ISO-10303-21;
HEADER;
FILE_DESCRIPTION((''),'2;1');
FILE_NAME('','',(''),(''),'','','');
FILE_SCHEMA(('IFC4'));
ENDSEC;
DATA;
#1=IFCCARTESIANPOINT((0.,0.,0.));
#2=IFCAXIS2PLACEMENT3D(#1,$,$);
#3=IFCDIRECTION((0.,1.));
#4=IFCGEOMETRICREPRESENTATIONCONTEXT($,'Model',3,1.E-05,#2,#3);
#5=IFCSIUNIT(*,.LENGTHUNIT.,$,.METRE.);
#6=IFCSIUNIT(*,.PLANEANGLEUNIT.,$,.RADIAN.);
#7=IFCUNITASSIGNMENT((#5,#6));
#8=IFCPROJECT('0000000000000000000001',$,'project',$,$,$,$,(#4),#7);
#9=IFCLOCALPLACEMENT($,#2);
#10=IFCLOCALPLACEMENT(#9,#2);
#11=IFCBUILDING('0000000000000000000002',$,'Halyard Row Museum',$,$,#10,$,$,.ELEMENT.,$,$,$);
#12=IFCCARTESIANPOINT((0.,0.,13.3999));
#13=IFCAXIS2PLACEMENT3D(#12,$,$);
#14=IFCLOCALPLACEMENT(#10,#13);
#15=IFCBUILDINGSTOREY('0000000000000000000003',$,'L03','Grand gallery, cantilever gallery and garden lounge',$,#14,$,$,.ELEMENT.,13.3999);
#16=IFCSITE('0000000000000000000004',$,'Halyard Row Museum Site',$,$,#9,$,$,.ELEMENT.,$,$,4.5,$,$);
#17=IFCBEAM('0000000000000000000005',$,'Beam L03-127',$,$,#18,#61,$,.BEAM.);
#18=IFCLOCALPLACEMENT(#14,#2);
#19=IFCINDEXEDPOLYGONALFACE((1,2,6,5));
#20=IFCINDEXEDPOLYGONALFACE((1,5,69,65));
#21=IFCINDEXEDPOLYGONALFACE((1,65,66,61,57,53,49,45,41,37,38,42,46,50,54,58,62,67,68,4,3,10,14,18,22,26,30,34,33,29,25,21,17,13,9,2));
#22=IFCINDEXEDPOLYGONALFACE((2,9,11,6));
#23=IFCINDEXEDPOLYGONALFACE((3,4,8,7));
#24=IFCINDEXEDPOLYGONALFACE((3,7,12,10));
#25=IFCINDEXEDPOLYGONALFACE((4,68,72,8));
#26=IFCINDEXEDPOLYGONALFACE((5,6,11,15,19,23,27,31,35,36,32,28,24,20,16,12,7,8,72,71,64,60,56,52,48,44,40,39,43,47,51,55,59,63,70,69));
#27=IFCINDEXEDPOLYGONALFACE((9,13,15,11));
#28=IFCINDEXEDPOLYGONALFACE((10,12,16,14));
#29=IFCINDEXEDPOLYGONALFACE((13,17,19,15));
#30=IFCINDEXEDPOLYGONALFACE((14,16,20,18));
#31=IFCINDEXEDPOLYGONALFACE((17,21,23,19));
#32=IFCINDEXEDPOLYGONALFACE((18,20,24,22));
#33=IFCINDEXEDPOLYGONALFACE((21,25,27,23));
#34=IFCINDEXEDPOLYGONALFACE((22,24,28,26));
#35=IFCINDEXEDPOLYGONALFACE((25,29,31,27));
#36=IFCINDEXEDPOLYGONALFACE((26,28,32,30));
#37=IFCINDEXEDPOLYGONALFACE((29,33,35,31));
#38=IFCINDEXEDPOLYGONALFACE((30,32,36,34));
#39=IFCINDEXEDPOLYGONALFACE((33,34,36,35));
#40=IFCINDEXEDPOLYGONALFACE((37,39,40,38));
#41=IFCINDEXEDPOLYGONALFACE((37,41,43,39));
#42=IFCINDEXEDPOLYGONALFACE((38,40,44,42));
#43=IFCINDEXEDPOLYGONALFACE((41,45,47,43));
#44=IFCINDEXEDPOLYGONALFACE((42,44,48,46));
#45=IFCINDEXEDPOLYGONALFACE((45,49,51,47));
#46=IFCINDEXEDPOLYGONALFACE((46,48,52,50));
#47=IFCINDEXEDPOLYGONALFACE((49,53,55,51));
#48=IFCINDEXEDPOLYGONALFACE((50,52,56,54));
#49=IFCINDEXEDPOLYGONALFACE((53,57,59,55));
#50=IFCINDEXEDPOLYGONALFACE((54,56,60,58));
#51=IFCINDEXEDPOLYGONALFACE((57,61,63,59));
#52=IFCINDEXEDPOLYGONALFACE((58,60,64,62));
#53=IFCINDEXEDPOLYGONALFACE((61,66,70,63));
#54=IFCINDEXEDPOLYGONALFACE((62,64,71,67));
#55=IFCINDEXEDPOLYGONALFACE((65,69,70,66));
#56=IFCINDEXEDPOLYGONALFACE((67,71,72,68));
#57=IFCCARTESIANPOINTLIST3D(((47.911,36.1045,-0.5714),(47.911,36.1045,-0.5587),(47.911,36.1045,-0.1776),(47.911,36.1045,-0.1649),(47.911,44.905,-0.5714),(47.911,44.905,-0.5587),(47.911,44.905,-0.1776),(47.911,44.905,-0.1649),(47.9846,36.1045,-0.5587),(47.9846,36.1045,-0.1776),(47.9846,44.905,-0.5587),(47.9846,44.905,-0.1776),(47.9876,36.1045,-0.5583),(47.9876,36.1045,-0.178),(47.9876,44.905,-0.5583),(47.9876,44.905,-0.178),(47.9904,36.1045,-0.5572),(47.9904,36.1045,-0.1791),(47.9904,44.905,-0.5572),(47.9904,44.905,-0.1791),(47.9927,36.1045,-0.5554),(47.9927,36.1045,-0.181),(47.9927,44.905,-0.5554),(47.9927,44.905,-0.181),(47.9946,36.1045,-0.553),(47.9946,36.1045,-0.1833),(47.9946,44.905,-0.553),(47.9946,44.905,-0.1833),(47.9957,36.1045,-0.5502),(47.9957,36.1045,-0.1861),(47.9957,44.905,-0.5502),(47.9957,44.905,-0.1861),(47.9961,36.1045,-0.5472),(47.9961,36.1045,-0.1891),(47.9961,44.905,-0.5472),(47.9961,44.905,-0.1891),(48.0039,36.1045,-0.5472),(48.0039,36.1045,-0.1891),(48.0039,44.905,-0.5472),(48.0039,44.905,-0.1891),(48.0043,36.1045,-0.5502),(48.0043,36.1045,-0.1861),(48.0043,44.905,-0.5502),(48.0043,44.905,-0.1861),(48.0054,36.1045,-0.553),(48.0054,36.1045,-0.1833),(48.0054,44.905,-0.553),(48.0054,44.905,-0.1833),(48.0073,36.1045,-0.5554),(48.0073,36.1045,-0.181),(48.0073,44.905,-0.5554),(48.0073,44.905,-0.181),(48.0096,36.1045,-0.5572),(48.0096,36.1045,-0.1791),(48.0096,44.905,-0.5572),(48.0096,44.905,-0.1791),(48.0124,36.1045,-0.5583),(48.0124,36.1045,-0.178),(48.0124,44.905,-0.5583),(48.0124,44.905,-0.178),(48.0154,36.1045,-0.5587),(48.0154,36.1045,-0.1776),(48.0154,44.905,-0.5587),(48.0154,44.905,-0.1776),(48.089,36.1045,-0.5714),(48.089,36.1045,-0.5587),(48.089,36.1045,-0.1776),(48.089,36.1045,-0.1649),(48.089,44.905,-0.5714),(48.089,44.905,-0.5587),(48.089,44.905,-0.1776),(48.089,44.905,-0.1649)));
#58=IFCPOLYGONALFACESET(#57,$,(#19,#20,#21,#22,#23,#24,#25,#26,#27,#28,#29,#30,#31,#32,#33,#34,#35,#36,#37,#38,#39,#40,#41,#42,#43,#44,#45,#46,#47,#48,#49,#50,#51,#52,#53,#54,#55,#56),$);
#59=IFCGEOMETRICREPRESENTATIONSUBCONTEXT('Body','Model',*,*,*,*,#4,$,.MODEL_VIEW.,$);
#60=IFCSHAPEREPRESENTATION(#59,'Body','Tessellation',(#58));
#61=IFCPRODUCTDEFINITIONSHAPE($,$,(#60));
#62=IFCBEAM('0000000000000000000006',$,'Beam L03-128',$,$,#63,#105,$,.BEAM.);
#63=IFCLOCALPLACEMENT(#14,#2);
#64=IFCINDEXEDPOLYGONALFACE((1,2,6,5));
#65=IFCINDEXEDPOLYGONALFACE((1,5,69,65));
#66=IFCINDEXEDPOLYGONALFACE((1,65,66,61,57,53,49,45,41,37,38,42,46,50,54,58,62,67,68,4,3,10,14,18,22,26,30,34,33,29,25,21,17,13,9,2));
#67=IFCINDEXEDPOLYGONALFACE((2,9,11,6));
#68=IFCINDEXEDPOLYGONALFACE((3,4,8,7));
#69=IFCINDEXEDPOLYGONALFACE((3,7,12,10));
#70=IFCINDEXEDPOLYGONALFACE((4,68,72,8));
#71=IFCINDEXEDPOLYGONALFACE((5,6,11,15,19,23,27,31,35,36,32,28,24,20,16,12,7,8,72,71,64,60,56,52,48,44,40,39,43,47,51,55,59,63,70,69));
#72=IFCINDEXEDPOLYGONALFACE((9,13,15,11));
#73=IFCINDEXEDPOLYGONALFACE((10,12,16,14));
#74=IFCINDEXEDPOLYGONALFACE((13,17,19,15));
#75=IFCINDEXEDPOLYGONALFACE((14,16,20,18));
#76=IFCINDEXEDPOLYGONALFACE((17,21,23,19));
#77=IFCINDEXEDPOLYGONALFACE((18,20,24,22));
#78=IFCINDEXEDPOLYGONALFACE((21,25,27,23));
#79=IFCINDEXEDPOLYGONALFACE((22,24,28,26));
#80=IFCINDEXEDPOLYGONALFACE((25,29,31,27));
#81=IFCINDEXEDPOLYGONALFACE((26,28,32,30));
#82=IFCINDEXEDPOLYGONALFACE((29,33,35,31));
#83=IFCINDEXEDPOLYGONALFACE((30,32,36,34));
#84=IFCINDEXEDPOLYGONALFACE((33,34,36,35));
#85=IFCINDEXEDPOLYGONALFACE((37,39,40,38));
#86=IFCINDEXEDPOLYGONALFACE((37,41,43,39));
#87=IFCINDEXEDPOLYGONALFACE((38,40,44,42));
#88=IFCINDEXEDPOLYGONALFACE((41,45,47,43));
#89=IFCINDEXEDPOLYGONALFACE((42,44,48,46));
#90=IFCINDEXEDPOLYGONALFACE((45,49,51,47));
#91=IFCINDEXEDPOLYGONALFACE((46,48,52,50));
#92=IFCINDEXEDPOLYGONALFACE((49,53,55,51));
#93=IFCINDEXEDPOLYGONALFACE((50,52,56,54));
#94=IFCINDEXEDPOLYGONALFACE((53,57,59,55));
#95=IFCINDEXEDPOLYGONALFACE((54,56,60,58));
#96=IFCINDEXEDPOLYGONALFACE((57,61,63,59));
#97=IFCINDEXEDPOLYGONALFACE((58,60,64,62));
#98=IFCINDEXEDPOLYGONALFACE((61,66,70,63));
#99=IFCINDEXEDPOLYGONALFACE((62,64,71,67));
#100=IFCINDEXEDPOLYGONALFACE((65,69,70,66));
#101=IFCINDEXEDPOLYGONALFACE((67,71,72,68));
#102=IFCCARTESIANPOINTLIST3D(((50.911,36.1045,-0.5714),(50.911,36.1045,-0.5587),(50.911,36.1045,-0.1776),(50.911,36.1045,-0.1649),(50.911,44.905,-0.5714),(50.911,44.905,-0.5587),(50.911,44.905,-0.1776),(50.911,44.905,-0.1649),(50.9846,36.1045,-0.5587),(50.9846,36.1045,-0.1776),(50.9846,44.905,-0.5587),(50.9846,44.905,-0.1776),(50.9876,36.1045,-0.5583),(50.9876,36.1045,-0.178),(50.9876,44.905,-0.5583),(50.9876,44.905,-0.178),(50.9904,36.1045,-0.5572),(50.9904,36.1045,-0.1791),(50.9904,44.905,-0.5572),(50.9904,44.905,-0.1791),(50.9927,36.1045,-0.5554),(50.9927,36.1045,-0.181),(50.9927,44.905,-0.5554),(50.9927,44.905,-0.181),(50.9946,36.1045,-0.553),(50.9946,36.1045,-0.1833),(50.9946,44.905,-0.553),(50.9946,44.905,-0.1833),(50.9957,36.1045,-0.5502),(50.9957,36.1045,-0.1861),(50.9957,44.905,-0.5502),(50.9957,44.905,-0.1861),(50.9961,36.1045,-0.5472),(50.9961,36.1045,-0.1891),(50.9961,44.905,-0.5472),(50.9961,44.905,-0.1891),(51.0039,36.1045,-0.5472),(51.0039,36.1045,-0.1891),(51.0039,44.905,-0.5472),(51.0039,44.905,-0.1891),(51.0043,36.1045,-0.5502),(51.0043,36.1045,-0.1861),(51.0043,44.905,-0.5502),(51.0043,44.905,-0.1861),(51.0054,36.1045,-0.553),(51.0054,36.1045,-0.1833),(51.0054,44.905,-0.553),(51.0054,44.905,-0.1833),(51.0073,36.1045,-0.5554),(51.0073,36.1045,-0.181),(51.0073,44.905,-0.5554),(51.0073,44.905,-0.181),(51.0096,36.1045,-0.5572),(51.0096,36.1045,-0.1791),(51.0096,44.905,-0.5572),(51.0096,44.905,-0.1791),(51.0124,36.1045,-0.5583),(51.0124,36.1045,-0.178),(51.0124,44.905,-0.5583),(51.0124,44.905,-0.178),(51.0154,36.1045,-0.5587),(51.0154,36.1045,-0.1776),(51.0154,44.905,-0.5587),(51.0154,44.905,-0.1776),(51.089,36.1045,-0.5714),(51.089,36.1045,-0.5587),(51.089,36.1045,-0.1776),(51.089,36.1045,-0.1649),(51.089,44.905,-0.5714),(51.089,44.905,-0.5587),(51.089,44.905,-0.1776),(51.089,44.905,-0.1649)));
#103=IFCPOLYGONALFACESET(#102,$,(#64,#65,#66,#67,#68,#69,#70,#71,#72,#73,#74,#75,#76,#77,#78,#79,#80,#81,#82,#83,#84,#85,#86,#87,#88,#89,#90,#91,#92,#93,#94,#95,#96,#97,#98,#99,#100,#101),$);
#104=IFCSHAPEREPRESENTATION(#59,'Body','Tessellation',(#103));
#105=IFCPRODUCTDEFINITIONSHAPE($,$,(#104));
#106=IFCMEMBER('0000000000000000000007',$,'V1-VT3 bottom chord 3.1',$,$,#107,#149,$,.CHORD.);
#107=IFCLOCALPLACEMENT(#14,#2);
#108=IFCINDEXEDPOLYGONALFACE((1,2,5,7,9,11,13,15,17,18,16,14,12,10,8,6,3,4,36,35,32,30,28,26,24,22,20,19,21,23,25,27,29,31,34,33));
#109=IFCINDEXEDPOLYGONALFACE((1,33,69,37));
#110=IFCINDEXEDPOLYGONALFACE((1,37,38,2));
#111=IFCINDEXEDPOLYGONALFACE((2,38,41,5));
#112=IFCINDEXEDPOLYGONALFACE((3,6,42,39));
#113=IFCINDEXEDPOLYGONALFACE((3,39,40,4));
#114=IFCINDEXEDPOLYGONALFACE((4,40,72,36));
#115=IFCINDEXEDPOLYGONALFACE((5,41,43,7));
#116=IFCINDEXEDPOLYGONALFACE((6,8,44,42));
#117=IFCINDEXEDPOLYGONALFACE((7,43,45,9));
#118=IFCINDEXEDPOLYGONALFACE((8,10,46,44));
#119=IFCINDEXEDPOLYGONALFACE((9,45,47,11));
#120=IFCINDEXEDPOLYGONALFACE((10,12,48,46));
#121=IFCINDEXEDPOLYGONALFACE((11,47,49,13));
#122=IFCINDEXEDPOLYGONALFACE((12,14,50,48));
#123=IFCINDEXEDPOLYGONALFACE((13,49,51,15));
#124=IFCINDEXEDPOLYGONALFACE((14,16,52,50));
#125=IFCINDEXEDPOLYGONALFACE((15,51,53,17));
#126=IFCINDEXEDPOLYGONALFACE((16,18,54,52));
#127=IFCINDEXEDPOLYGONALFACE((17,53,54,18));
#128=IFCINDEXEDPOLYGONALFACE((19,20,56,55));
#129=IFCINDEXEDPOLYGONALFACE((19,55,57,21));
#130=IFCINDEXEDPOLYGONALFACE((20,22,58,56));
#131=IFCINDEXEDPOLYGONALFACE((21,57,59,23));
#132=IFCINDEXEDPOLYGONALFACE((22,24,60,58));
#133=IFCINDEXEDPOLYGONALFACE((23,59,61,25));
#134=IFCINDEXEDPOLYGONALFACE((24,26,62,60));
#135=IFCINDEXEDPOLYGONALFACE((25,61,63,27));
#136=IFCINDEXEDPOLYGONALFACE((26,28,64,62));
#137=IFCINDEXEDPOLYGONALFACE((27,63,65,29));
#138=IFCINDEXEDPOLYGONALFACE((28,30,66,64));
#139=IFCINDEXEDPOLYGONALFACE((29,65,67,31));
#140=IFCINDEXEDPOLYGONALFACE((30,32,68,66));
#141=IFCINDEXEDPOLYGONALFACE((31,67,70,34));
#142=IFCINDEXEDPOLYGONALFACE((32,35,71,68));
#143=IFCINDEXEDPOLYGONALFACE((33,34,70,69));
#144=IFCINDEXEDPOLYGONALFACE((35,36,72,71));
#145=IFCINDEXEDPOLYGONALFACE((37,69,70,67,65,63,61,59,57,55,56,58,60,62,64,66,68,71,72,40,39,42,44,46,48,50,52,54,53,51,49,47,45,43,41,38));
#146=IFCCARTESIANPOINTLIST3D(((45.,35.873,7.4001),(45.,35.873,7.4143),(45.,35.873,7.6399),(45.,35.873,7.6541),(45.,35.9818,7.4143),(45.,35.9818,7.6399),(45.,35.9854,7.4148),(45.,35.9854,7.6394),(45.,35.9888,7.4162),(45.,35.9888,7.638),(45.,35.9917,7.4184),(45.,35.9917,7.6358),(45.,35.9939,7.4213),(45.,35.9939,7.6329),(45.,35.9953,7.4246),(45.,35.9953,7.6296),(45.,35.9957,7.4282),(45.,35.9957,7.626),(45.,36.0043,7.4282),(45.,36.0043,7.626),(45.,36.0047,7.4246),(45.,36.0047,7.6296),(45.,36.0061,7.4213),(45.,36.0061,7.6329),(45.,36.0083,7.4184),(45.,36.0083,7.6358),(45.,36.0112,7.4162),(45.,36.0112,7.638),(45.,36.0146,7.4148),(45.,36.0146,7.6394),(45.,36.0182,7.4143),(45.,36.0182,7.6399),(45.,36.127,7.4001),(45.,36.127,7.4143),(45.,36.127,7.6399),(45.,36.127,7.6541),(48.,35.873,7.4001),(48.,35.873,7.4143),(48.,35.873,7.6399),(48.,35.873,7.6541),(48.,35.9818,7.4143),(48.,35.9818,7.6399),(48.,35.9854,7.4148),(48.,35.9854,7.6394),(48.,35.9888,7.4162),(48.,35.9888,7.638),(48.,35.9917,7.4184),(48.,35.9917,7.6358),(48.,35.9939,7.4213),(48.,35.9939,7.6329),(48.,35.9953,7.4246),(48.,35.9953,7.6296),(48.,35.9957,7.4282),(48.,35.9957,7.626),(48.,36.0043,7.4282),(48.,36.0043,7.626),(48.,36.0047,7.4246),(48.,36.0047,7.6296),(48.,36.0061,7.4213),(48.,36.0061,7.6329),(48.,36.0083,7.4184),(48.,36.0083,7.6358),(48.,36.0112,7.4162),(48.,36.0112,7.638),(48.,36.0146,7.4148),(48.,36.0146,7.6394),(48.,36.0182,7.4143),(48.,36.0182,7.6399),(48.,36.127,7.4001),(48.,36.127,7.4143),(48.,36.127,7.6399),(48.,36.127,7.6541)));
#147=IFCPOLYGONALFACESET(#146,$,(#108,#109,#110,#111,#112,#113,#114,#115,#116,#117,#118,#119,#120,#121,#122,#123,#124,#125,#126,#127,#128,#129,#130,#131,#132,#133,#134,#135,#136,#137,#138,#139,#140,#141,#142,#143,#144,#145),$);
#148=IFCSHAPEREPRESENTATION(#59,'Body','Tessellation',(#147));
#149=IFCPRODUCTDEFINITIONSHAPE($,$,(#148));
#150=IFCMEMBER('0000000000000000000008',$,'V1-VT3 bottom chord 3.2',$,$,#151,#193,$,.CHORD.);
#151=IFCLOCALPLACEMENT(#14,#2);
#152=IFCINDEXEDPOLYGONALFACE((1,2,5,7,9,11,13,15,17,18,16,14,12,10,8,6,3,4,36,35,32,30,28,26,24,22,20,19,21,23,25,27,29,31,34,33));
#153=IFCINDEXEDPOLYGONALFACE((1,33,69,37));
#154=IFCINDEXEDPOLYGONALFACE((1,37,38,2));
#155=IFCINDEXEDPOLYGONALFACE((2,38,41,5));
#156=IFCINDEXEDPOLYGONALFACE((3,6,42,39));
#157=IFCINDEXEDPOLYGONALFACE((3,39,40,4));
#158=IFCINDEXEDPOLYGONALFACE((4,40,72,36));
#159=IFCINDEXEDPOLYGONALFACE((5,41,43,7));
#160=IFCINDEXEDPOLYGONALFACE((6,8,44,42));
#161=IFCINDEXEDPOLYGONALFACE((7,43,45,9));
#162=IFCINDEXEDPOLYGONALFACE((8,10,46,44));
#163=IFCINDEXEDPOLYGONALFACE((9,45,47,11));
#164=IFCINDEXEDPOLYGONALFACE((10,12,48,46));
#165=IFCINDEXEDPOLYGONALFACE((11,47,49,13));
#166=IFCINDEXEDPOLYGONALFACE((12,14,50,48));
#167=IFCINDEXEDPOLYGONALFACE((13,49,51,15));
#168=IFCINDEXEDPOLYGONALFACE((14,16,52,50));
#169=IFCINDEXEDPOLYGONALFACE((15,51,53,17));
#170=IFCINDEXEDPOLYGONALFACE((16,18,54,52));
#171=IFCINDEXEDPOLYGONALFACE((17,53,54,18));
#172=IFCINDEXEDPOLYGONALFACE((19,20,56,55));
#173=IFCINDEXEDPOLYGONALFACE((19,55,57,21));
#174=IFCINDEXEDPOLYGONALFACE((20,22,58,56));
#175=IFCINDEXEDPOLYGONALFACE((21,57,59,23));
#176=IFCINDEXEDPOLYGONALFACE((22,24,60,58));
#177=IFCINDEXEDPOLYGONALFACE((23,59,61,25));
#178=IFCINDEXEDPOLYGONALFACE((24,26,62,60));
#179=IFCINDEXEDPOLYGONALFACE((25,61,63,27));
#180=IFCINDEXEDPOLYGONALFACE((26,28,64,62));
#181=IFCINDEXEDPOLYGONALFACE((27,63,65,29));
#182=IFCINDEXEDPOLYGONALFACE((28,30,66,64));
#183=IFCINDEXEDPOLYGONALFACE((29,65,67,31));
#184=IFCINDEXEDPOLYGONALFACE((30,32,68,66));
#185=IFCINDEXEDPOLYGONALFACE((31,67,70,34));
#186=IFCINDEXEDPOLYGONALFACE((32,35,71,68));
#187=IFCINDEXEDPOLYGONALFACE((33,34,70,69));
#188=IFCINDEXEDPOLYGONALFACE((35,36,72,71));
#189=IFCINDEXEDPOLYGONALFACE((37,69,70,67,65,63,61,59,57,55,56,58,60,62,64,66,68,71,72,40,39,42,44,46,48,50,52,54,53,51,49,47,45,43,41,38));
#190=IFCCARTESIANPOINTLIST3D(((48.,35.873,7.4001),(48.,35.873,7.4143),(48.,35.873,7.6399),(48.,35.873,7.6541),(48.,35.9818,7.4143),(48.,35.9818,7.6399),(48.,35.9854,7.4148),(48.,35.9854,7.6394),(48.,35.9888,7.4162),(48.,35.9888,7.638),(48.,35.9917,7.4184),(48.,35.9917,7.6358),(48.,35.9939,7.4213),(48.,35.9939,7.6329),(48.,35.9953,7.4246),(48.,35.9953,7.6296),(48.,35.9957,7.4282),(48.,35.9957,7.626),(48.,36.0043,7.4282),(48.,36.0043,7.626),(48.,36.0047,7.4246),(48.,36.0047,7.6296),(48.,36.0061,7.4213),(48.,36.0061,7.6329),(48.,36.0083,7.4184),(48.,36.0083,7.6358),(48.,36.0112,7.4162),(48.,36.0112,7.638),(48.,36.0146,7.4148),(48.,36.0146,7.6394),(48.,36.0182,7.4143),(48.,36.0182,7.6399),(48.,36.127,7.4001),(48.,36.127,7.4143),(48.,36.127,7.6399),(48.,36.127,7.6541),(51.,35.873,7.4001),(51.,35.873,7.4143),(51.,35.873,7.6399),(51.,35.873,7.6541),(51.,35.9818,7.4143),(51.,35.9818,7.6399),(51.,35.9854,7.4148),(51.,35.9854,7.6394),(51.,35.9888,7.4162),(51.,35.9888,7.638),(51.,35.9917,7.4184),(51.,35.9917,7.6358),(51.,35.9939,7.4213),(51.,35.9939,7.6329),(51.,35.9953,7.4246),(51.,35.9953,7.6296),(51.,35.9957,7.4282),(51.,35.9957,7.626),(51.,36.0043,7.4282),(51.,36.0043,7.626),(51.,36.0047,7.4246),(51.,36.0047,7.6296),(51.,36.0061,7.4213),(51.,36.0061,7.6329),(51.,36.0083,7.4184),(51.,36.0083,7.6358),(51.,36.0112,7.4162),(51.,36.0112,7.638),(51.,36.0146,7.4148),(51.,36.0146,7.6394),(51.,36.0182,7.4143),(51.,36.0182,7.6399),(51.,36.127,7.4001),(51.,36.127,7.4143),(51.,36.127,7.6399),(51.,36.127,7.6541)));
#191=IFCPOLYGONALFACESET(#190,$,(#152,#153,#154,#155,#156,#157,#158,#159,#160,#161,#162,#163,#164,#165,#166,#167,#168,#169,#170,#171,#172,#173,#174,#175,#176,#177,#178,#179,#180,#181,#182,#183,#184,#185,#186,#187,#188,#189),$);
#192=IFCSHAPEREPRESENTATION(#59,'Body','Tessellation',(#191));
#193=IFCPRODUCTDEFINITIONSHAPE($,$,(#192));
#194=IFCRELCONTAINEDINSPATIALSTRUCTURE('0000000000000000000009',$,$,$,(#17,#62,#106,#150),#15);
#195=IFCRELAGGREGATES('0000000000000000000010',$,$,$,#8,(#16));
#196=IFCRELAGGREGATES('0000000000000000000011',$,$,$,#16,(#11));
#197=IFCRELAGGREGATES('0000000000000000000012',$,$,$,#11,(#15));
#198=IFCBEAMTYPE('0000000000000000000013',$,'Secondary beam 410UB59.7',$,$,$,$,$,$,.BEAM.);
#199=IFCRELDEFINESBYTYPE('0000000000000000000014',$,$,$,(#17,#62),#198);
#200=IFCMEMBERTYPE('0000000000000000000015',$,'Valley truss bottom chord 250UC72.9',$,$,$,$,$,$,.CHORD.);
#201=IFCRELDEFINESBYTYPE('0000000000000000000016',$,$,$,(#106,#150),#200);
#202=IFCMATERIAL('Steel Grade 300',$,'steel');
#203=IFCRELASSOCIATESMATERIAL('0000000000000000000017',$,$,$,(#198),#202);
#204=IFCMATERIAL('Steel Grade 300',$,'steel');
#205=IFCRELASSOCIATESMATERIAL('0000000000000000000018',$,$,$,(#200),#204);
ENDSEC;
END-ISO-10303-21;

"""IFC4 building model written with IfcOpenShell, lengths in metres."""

from ifc_helpers import new_model, si_unit, direction, frame, origin, origin_2d, place, context, subcontext, project, spatial, i_section, extrude, material, material_profile, profile_set, type_object, element, save


model = new_model("IFC4")

# Units and contexts
model_context = context("Model", 3, precision=1e-05, world=origin(), true_north=direction((0.0, 1.0)))
body_context = subcontext(model_context, "Body", "Model", "MODEL_VIEW")
ifc_project = project(units=[si_unit("LENGTHUNIT", "METRE"), si_unit("PLANEANGLEUNIT", "RADIAN")], contexts=[model_context])

# Site, building, storey
site_placement = place(None, origin())
site = spatial("IfcSite", under=ifc_project, at=site_placement, Name="Halyard Row Museum Site", CompositionType="ELEMENT", RefElevation=4.5)
building_placement = place(site_placement, origin())
building = spatial("IfcBuilding", under=site, at=building_placement, Name="Halyard Row Museum", CompositionType="ELEMENT")
storey_placement = place(building_placement, frame((0.0, 0.0, 13.3999)))
storey = spatial("IfcBuildingStorey", under=building, at=storey_placement, Name="L03", Description="Grand gallery, cantilever gallery and garden lounge", CompositionType="ELEMENT", Elevation=13.3999)

# Beams
ifc_material_1 = material(Name="Steel Grade 300", Category="steel")
ifc_material_profile_1 = material_profile(ifc_material_1, i_section(OverallWidth=0.178, OverallDepth=0.4065, WebThickness=0.0078, FlangeThickness=0.0127, FilletRadius=0.0115, at=origin_2d()), Name="410UB59.7")
ifc_profile_set_1 = profile_set([ifc_material_profile_1], Name="Steel Grade 300")
beam_type_1 = type_object("IfcBeamType", Name="Secondary beam 410UB59.7", PredefinedType="BEAM", material=ifc_profile_set_1)
for number, where, z_axis, x_axis, name in (
    (1, (48.0, 36.1045, -0.3682), (0.0, 1.0, 0.0), (-1.0, 0.0, 0.0), "Beam L03-127"),
    (2, (51.0, 36.1045, -0.3682), (0.0, 1.0, 0.0), (-1.0, 0.0, 0.0), "Beam L03-128"),
):
    element("IfcBeam", number, at=place(storey_placement, frame(where, z_axis=z_axis, x_axis=x_axis)), inside=storey, type_object=beam_type_1, Name=name, PredefinedType="BEAM", context=body_context, shape_type="SweptSolid", body=[
        extrude(i_section(OverallWidth=0.178, OverallDepth=0.4065, WebThickness=0.0078, FlangeThickness=0.0127, FilletRadius=0.0115, at=origin_2d()), origin(), (0.0, 0.0, 1.0), 8.8005),
    ])

# Members
ifc_material_2 = material(Name="Steel Grade 300", Category="steel")
ifc_material_profile_2 = material_profile(ifc_material_2, i_section(OverallWidth=0.2539, OverallDepth=0.2539, WebThickness=0.0085, FlangeThickness=0.0142, FilletRadius=0.0139, at=origin_2d()), Name="250UC72.9")
ifc_profile_set_2 = profile_set([ifc_material_profile_2], Name="Steel Grade 300")
member_type_1 = type_object("IfcMemberType", Name="Valley truss bottom chord 250UC72.9", PredefinedType="CHORD", material=ifc_profile_set_2)
for number, where, z_axis, x_axis, name in (
    (3, (45.0, 36.0, 7.5271), (1.0, 0.0, 0.0), (0.0, 1.0, 0.0), "V1-VT3 bottom chord 3.1"),
    (4, (48.0, 36.0, 7.5271), (1.0, 0.0, 0.0), (0.0, 1.0, 0.0), "V1-VT3 bottom chord 3.2"),
):
    element("IfcMember", number, at=place(storey_placement, frame(where, z_axis=z_axis, x_axis=x_axis)), inside=storey, type_object=member_type_1, Name=name, PredefinedType="CHORD", context=body_context, shape_type="SweptSolid", body=[
        extrude(i_section(OverallWidth=0.2539, OverallDepth=0.2539, WebThickness=0.0085, FlangeThickness=0.0142, FilletRadius=0.0139, at=origin_2d()), origin(), (0.0, 0.0, 1.0), 3.0),
    ])

save(model, "model.ifc")
